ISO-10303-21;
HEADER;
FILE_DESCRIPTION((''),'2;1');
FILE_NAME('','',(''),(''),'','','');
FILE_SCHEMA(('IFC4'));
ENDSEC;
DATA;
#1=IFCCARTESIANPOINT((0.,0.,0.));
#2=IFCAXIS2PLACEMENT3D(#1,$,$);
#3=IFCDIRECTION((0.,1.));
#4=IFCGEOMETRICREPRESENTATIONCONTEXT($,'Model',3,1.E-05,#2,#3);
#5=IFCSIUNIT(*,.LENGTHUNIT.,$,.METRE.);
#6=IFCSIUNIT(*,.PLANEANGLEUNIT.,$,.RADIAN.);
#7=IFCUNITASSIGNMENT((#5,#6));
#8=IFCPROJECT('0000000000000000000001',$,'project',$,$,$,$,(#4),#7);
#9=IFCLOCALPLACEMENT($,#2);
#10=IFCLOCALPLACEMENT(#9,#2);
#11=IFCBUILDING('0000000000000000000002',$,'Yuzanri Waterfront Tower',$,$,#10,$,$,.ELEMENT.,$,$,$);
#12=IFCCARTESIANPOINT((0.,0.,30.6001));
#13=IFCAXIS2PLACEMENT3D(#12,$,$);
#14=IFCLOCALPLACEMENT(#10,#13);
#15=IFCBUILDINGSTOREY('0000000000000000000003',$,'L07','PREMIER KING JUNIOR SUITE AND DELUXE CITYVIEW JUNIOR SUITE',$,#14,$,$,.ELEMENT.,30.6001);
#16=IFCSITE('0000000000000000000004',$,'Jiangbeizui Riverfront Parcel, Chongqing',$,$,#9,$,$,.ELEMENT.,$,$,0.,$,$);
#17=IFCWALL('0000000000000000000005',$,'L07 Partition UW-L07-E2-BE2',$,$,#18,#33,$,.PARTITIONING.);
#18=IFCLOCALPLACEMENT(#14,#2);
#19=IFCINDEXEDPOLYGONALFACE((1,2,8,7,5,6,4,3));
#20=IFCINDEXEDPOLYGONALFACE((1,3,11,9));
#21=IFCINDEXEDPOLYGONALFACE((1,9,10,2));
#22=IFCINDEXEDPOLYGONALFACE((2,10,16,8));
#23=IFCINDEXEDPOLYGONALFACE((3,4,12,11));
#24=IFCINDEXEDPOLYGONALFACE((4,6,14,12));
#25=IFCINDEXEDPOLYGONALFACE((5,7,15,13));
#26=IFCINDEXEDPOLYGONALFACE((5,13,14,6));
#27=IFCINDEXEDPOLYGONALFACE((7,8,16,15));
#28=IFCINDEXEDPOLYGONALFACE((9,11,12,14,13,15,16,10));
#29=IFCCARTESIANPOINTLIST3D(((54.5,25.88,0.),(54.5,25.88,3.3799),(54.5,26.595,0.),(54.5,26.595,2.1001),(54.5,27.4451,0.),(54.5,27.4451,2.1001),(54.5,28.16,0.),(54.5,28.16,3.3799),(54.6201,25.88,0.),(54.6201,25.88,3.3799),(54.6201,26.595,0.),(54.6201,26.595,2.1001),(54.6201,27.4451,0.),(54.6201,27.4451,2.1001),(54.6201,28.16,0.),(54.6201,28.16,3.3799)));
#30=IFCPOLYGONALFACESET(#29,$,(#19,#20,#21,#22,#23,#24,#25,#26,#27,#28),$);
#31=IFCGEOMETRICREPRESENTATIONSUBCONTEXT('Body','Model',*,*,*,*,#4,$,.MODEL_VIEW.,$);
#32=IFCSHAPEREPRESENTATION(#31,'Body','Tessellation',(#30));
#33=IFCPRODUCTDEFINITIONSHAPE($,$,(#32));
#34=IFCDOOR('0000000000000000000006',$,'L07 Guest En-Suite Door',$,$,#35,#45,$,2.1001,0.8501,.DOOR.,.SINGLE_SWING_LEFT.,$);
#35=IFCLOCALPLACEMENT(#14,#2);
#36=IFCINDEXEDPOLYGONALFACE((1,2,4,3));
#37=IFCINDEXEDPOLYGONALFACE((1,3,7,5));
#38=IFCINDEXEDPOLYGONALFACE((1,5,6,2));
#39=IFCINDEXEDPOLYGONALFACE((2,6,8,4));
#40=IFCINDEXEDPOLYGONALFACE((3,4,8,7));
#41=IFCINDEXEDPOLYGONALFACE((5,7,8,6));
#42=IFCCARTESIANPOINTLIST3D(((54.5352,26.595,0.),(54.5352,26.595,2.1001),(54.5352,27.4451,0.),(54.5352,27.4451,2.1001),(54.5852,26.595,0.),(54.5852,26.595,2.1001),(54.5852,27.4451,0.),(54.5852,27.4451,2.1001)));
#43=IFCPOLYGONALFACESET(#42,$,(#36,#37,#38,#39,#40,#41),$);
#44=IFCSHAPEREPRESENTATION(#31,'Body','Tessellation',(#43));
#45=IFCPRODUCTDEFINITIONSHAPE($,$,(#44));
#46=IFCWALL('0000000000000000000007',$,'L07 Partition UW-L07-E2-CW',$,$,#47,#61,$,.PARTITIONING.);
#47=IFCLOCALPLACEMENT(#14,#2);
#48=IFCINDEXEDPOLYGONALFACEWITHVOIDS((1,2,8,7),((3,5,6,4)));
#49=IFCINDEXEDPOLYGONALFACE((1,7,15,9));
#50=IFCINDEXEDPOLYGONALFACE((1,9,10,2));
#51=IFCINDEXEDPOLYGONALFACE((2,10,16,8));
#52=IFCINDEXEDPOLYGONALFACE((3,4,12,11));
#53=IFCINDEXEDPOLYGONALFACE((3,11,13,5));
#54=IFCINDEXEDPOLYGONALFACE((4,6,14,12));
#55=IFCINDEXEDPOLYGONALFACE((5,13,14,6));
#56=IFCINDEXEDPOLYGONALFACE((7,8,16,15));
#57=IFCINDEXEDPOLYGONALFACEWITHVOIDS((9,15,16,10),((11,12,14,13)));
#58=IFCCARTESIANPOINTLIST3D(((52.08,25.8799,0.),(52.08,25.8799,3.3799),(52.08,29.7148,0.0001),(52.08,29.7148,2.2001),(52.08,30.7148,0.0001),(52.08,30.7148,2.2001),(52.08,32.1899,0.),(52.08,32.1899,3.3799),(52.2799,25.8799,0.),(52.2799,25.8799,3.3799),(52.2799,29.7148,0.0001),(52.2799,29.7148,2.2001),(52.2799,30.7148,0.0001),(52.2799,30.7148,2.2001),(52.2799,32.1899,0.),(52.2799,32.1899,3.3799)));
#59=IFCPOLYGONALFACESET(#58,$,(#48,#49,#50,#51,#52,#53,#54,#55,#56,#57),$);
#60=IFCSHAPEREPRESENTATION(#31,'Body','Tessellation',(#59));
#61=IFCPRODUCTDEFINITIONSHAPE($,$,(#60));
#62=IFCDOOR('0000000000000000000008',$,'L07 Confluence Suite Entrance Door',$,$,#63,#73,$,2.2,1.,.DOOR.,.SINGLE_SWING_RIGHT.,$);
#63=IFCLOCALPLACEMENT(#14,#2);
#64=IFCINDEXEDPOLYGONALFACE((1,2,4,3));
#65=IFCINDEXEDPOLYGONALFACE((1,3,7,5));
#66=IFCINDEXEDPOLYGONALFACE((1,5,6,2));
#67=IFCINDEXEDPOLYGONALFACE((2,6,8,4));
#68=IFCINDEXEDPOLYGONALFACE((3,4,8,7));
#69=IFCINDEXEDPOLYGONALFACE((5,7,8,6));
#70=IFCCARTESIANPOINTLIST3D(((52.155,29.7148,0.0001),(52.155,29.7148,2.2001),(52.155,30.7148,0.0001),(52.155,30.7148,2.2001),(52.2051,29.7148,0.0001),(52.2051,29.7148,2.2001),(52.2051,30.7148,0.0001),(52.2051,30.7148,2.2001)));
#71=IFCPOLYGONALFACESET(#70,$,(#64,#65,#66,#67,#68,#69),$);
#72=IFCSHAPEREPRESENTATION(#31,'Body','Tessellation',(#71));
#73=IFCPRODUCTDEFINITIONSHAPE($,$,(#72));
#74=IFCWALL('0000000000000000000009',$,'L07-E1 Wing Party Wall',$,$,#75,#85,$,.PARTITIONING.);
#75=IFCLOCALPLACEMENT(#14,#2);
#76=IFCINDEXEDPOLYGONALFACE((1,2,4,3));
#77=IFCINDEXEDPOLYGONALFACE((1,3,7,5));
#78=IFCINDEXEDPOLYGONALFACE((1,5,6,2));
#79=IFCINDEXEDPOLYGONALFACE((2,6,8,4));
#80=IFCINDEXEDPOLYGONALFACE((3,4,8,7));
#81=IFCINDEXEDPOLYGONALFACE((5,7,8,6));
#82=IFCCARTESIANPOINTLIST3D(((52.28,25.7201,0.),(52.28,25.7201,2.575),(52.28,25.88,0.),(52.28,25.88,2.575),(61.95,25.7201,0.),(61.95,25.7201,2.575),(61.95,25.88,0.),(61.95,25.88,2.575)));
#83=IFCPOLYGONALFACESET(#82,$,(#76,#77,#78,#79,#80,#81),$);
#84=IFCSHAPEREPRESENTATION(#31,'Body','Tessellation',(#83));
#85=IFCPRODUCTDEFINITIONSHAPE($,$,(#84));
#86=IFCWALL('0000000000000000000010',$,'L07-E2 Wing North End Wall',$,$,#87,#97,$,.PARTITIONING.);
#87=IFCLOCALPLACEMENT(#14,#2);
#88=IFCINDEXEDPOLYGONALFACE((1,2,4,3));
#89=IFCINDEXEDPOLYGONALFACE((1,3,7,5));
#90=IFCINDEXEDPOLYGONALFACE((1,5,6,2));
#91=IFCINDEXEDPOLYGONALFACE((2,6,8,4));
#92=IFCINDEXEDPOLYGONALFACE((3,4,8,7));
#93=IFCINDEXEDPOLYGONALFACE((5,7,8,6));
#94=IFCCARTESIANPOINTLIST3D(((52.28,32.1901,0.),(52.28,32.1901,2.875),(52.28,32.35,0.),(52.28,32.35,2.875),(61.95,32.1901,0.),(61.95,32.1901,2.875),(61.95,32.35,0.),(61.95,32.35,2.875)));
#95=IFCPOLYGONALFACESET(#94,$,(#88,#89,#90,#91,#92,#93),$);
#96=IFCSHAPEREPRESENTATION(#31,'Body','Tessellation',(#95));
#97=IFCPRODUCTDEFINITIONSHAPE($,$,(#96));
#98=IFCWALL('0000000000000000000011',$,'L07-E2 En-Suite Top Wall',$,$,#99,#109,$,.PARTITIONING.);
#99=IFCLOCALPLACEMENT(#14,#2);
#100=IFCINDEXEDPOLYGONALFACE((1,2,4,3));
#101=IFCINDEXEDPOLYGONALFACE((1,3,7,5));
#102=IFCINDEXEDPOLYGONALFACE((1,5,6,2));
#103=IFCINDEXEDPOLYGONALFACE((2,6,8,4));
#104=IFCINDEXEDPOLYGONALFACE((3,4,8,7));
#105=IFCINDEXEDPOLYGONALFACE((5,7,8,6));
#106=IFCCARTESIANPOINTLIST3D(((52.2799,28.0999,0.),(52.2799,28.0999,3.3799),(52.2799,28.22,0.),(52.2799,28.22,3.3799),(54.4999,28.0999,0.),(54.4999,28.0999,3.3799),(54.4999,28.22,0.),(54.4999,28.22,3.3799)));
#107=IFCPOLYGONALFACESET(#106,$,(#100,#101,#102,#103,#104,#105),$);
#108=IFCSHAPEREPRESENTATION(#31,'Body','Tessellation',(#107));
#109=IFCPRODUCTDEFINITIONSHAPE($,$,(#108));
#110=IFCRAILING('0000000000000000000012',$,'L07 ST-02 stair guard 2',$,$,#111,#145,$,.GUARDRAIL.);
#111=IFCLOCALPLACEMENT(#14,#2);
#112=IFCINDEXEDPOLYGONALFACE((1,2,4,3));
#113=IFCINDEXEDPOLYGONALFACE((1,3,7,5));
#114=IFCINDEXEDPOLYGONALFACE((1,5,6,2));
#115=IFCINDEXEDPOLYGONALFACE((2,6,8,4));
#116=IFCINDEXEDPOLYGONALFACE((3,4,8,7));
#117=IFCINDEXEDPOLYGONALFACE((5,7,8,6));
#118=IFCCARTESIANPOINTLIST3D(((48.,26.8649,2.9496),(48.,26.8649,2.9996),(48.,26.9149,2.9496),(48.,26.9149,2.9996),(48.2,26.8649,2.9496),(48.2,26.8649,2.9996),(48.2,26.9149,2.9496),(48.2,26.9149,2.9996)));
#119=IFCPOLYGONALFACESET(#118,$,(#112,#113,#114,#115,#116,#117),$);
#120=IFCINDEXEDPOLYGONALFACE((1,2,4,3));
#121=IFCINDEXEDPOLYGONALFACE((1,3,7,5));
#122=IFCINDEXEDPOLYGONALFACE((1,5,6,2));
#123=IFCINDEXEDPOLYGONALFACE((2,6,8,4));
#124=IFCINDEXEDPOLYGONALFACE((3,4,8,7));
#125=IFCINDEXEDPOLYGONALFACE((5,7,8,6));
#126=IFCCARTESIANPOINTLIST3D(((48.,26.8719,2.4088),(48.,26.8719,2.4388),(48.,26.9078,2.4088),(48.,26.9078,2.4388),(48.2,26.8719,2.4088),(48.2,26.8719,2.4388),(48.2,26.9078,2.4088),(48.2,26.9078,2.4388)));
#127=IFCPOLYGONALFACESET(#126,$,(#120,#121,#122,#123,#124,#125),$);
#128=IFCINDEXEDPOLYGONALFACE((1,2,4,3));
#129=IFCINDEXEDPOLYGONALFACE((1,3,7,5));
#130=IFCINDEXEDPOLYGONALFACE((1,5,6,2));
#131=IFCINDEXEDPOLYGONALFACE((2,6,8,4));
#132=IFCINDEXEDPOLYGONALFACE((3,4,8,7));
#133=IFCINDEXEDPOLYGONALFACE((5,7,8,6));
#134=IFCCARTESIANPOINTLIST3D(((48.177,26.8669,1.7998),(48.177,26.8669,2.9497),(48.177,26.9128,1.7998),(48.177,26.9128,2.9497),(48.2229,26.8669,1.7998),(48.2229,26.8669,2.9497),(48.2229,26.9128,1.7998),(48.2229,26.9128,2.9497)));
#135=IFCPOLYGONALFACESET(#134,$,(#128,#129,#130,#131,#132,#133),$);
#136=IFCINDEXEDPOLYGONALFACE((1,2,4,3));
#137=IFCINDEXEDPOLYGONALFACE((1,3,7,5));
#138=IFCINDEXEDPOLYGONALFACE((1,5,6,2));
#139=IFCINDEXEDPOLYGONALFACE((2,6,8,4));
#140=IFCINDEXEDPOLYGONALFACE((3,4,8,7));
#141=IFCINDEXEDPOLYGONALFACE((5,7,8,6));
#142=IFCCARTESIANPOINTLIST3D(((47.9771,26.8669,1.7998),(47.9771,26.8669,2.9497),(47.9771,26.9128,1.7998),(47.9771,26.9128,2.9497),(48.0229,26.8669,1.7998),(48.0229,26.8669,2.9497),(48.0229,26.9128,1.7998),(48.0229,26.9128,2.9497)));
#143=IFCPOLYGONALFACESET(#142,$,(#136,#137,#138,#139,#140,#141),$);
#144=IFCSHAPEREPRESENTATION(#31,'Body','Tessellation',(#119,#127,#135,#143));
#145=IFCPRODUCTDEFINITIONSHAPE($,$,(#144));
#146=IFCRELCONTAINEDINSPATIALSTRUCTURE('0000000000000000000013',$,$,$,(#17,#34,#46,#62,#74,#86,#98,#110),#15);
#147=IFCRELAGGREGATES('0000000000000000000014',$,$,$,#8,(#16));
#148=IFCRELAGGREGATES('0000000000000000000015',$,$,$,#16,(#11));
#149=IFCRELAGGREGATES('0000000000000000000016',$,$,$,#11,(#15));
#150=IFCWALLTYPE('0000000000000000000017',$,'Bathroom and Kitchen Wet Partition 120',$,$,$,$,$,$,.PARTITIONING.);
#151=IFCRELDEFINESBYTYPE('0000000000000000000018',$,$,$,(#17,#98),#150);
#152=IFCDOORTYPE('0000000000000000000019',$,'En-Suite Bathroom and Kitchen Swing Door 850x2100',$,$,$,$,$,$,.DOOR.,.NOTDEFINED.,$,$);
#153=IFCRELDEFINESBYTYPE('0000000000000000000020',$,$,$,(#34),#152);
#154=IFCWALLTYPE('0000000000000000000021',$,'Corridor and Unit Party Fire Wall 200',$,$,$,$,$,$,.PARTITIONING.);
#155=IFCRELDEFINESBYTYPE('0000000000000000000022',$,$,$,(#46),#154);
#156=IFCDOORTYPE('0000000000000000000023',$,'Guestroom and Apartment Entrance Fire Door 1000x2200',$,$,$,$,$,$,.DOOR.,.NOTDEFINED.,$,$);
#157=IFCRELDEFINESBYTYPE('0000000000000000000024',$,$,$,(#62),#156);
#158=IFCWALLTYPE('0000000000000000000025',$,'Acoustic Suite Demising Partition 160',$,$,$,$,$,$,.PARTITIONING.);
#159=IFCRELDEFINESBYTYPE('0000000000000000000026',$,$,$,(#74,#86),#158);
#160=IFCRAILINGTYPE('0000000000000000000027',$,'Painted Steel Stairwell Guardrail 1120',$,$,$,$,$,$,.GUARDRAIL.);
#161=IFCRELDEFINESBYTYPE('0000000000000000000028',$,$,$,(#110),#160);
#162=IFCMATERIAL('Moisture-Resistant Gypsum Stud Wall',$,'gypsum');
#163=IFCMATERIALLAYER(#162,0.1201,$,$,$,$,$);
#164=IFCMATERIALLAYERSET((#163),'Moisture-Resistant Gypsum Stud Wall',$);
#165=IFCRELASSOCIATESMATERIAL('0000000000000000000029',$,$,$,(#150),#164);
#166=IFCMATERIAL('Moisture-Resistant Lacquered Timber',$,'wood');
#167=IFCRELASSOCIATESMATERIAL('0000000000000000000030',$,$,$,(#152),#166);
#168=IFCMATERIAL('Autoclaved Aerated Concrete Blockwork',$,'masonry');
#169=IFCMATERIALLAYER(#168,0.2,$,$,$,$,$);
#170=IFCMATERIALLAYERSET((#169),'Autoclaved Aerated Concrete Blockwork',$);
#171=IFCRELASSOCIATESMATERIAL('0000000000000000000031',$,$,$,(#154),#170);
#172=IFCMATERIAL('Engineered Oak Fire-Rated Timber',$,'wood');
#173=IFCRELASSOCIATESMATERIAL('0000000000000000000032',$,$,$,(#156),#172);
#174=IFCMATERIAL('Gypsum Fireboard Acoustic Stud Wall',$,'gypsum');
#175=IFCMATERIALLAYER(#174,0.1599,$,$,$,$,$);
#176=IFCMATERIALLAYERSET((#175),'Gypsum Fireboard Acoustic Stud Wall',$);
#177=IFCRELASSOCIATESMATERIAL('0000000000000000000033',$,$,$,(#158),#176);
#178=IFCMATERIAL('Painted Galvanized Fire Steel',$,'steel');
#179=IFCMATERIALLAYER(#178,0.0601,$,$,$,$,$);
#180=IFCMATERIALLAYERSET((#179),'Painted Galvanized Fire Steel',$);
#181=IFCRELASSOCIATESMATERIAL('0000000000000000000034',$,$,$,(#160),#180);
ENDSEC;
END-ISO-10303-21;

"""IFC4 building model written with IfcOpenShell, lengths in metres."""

from ifc_helpers import new_model, si_unit, direction, frame, frame_2d, origin, origin_2d, place, context, subcontext, project, spatial, rectangle, extrude, source, transform, mapped, material, layer, layer_set, type_object, element, fill, save


model = new_model("IFC4")

# Units and contexts
model_context = context("Model", 3, precision=1e-05, world=origin(), true_north=direction((0.0, 1.0)))
body_context = subcontext(model_context, "Body", "Model", "MODEL_VIEW")
ifc_project = project(units=[si_unit("LENGTHUNIT", "METRE"), si_unit("PLANEANGLEUNIT", "RADIAN")], contexts=[model_context])

# Site, building, storey
site_placement = place(None, origin())
site = spatial("IfcSite", under=ifc_project, at=site_placement, Name="Jiangbeizui Riverfront Parcel, Chongqing", CompositionType="ELEMENT", RefElevation=0.0)
building_placement = place(site_placement, origin())
building = spatial("IfcBuilding", under=site, at=building_placement, Name="Yuzanri Waterfront Tower", CompositionType="ELEMENT")
storey_placement = place(building_placement, frame((0.0, 0.0, 30.6001)))
storey = spatial("IfcBuildingStorey", under=building, at=storey_placement, Name="L07", Description="PREMIER KING JUNIOR SUITE AND DELUXE CITYVIEW JUNIOR SUITE", CompositionType="ELEMENT", Elevation=30.6001)

# Walls, openings, doors
ifc_material_1 = material(Name="Moisture-Resistant Gypsum Stud Wall", Category="gypsum")
ifc_layer_1 = layer(ifc_material_1, 0.1201)
ifc_layer_set_1 = layer_set([ifc_layer_1], Name="Moisture-Resistant Gypsum Stud Wall")
wall_type_1 = type_object("IfcWallType", Name="Bathroom and Kitchen Wet Partition 120", PredefinedType="PARTITIONING", material=ifc_layer_set_1)
wall_1_placement = place(storey_placement, frame((54.5601, 25.8799, 0.0), z_axis=(0.0, 0.0, 1.0), x_axis=(0.0, 1.0, 0.0)))
wall_1 = element("IfcWall", 1, at=wall_1_placement, inside=storey, type_object=wall_type_1, Name="L07 Partition UW-L07-E2-BE2", PredefinedType="PARTITIONING", context=body_context, shape_type="SweptSolid", body=[
    extrude(rectangle(XDim=2.28, YDim=0.1201, at=frame_2d((1.1401, 0.0))), origin(), (0.0, 0.0, 1.0), 3.3799),
])
opening_1_placement = place(wall_1_placement, frame((0.7151, 0.0, 0.0)))
opening_1 = element("IfcOpeningElement", 2, at=opening_1_placement, cuts=wall_1, PredefinedType="OPENING", context=body_context, shape_type="SweptSolid", body=[
    extrude(rectangle(XDim=0.8501, YDim=2.1001, at=frame_2d((0.425, 1.05))), frame((0.0, 0.075, 0.0), z_axis=(0.0, -1.0, 0.0), x_axis=(1.0, 0.0, 0.0)), (0.0, 0.0, 1.0), 0.1499),
])
ifc_material_2 = material(Name="Moisture-Resistant Lacquered Timber", Category="wood")
door_type_1 = type_object("IfcDoorType", Name="En-Suite Bathroom and Kitchen Swing Door 850x2100", OperationType="NOTDEFINED", PredefinedType="DOOR", material=ifc_material_2)
shared_shape_1 = source(origin(), body_context, "Body", "SweptSolid", [
    extrude(rectangle(XDim=0.8501, YDim=2.1001, at=frame_2d((0.425, 1.05))), frame((0.0, 0.0249, 0.0), z_axis=(0.0, -1.0, 0.0), x_axis=(1.0, 0.0, 0.0)), (0.0, 0.0, 1.0), 0.05),
])
door_1_placement = place(opening_1_placement, origin())
door_1 = element("IfcDoor", 3, at=door_1_placement, inside=storey, type_object=door_type_1, Name="L07 Guest En-Suite Door", OperationType="SINGLE_SWING_LEFT", OverallHeight=2.1001, OverallWidth=0.8501, PredefinedType="DOOR", context=body_context, shape_type="MappedRepresentation", body=[
    mapped(shared_shape_1, transform((0.0, 0.0, 0.0), scale=1.0)),
])
fill(opening_1, door_1)
ifc_material_3 = material(Name="Autoclaved Aerated Concrete Blockwork", Category="masonry")
ifc_layer_2 = layer(ifc_material_3, 0.2)
ifc_layer_set_2 = layer_set([ifc_layer_2], Name="Autoclaved Aerated Concrete Blockwork")
wall_type_2 = type_object("IfcWallType", Name="Corridor and Unit Party Fire Wall 200", PredefinedType="PARTITIONING", material=ifc_layer_set_2)
wall_2_placement = place(storey_placement, frame((52.1799, 25.8799, 0.0), z_axis=(0.0, 0.0, 1.0), x_axis=(0.0, 1.0, 0.0)))
wall_2 = element("IfcWall", 4, at=wall_2_placement, inside=storey, type_object=wall_type_2, Name="L07 Partition UW-L07-E2-CW", PredefinedType="PARTITIONING", context=body_context, shape_type="SweptSolid", body=[
    extrude(rectangle(XDim=6.3101, YDim=0.2, at=frame_2d((3.155, 0.0))), origin(), (0.0, 0.0, 1.0), 3.3799),
])
opening_2_placement = place(wall_2_placement, frame((3.835, 0.0, 0.0)))
opening_2 = element("IfcOpeningElement", 5, at=opening_2_placement, cuts=wall_2, PredefinedType="OPENING", context=body_context, shape_type="SweptSolid", body=[
    extrude(rectangle(XDim=1.0, YDim=2.2, at=frame_2d((0.5, 1.1001))), frame((0.0, 0.1147, 0.0), z_axis=(0.0, -1.0, 0.0), x_axis=(1.0, 0.0, 0.0)), (0.0, 0.0, 1.0), 0.2297),
])
ifc_material_4 = material(Name="Engineered Oak Fire-Rated Timber", Category="wood")
door_type_2 = type_object("IfcDoorType", Name="Guestroom and Apartment Entrance Fire Door 1000x2200", OperationType="NOTDEFINED", PredefinedType="DOOR", material=ifc_material_4)
shared_shape_2 = source(origin(), body_context, "Body", "SweptSolid", [
    extrude(rectangle(XDim=1.0, YDim=2.2, at=frame_2d((0.5, 1.1001))), frame((0.0, 0.0249, 0.0), z_axis=(0.0, -1.0, 0.0), x_axis=(1.0, 0.0, 0.0)), (0.0, 0.0, 1.0), 0.05),
])
door_2_placement = place(opening_2_placement, origin())
door_2 = element("IfcDoor", 6, at=door_2_placement, inside=storey, type_object=door_type_2, Name="L07 Confluence Suite Entrance Door", OperationType="SINGLE_SWING_RIGHT", OverallHeight=2.2, OverallWidth=1.0, PredefinedType="DOOR", context=body_context, shape_type="MappedRepresentation", body=[
    mapped(shared_shape_2, transform((0.0, 0.0, 0.0), scale=1.0)),
])
fill(opening_2, door_2)

# Walls
ifc_material_5 = material(Name="Gypsum Fireboard Acoustic Stud Wall", Category="gypsum")
ifc_layer_3 = layer(ifc_material_5, 0.1599)
ifc_layer_set_3 = layer_set([ifc_layer_3], Name="Gypsum Fireboard Acoustic Stud Wall")
wall_type_3 = type_object("IfcWallType", Name="Acoustic Suite Demising Partition 160", PredefinedType="PARTITIONING", material=ifc_layer_set_3)
shared_shape_3 = source(origin(), body_context, "Body", "SweptSolid", [
    extrude(rectangle(XDim=9.6699, YDim=0.1599, at=frame_2d((4.835, 0.0))), origin(), (0.0, 0.0, 1.0), 2.575),
])
wall_3_placement = place(storey_placement, frame((52.28, 25.8, 0.0), z_axis=(0.0, 0.0, 1.0), x_axis=(1.0, 0.0, 0.0)))
element("IfcWall", 7, at=wall_3_placement, inside=storey, type_object=wall_type_3, Name="L07-E1 Wing Party Wall", PredefinedType="PARTITIONING", context=body_context, shape_type="MappedRepresentation", body=[
    mapped(shared_shape_3, transform((0.0, 0.0, 0.0), scale=1.0)),
])
shared_shape_4 = source(origin(), body_context, "Body", "SweptSolid", [
    extrude(rectangle(XDim=9.6699, YDim=0.1599, at=frame_2d((4.835, 0.0))), origin(), (0.0, 0.0, 1.0), 2.875),
])
wall_4_placement = place(storey_placement, frame((52.28, 32.27, 0.0), z_axis=(0.0, 0.0, 1.0), x_axis=(1.0, 0.0, 0.0)))
element("IfcWall", 8, at=wall_4_placement, inside=storey, type_object=wall_type_3, Name="L07-E2 Wing North End Wall", PredefinedType="PARTITIONING", context=body_context, shape_type="MappedRepresentation", body=[
    mapped(shared_shape_4, transform((0.0, 0.0, 0.0), scale=1.0)),
])
shared_shape_5 = source(origin(), body_context, "Body", "SweptSolid", [
    extrude(rectangle(XDim=2.22, YDim=0.1201, at=frame_2d((1.1099, 0.0))), origin(), (0.0, 0.0, 1.0), 3.3799),
])
wall_5_placement = place(storey_placement, frame((52.28, 28.1599, 0.0), z_axis=(0.0, 0.0, 1.0), x_axis=(1.0, 0.0, 0.0)))
element("IfcWall", 9, at=wall_5_placement, inside=storey, type_object=wall_type_1, Name="L07-E2 En-Suite Top Wall", PredefinedType="PARTITIONING", context=body_context, shape_type="MappedRepresentation", body=[
    mapped(shared_shape_5, transform((0.0, 0.0, 0.0), scale=1.0)),
])

# Railing
ifc_material_6 = material(Name="Painted Galvanized Fire Steel", Category="steel")
ifc_layer_4 = layer(ifc_material_6, 0.0601)
ifc_layer_set_4 = layer_set([ifc_layer_4], Name="Painted Galvanized Fire Steel")
railing_type = type_object("IfcRailingType", Name="Painted Steel Stairwell Guardrail 1120", PredefinedType="GUARDRAIL", material=ifc_layer_set_4)
shared_shape_6 = source(origin(), body_context, "Body", "SweptSolid", [
    extrude(rectangle(XDim=0.05, YDim=0.05, at=origin_2d()), frame((0.0, 0.0, 1.1748), z_axis=(-1.0, 0.0, 0.0), x_axis=(0.0, -1.0, 0.0)), (0.0, 0.0, 1.0), 0.2),
    extrude(rectangle(XDim=0.0359, YDim=0.03, at=origin_2d()), frame((0.0, 0.0, 0.624), z_axis=(-1.0, 0.0, 0.0), x_axis=(0.0, -1.0, 0.0)), (0.0, 0.0, 1.0), 0.2),
    extrude(rectangle(XDim=0.0459, YDim=0.0459, at=origin_2d()), origin(), (0.0, 0.0, 1.0), 1.1499),
    extrude(rectangle(XDim=0.0459, YDim=0.0459, at=origin_2d()), frame((-0.2, 0.0, 0.0)), (0.0, 0.0, 1.0), 1.1499),
])
railing_placement = place(storey_placement, frame((48.2, 26.8899, 1.7998)))
element("IfcRailing", 10, at=railing_placement, inside=storey, type_object=railing_type, Name="L07 ST-02 stair guard 2", PredefinedType="GUARDRAIL", context=body_context, shape_type="MappedRepresentation", body=[
    mapped(shared_shape_6, transform((0.0, 0.0, 0.0), scale=1.0)),
])

save(model, "model.ifc")
